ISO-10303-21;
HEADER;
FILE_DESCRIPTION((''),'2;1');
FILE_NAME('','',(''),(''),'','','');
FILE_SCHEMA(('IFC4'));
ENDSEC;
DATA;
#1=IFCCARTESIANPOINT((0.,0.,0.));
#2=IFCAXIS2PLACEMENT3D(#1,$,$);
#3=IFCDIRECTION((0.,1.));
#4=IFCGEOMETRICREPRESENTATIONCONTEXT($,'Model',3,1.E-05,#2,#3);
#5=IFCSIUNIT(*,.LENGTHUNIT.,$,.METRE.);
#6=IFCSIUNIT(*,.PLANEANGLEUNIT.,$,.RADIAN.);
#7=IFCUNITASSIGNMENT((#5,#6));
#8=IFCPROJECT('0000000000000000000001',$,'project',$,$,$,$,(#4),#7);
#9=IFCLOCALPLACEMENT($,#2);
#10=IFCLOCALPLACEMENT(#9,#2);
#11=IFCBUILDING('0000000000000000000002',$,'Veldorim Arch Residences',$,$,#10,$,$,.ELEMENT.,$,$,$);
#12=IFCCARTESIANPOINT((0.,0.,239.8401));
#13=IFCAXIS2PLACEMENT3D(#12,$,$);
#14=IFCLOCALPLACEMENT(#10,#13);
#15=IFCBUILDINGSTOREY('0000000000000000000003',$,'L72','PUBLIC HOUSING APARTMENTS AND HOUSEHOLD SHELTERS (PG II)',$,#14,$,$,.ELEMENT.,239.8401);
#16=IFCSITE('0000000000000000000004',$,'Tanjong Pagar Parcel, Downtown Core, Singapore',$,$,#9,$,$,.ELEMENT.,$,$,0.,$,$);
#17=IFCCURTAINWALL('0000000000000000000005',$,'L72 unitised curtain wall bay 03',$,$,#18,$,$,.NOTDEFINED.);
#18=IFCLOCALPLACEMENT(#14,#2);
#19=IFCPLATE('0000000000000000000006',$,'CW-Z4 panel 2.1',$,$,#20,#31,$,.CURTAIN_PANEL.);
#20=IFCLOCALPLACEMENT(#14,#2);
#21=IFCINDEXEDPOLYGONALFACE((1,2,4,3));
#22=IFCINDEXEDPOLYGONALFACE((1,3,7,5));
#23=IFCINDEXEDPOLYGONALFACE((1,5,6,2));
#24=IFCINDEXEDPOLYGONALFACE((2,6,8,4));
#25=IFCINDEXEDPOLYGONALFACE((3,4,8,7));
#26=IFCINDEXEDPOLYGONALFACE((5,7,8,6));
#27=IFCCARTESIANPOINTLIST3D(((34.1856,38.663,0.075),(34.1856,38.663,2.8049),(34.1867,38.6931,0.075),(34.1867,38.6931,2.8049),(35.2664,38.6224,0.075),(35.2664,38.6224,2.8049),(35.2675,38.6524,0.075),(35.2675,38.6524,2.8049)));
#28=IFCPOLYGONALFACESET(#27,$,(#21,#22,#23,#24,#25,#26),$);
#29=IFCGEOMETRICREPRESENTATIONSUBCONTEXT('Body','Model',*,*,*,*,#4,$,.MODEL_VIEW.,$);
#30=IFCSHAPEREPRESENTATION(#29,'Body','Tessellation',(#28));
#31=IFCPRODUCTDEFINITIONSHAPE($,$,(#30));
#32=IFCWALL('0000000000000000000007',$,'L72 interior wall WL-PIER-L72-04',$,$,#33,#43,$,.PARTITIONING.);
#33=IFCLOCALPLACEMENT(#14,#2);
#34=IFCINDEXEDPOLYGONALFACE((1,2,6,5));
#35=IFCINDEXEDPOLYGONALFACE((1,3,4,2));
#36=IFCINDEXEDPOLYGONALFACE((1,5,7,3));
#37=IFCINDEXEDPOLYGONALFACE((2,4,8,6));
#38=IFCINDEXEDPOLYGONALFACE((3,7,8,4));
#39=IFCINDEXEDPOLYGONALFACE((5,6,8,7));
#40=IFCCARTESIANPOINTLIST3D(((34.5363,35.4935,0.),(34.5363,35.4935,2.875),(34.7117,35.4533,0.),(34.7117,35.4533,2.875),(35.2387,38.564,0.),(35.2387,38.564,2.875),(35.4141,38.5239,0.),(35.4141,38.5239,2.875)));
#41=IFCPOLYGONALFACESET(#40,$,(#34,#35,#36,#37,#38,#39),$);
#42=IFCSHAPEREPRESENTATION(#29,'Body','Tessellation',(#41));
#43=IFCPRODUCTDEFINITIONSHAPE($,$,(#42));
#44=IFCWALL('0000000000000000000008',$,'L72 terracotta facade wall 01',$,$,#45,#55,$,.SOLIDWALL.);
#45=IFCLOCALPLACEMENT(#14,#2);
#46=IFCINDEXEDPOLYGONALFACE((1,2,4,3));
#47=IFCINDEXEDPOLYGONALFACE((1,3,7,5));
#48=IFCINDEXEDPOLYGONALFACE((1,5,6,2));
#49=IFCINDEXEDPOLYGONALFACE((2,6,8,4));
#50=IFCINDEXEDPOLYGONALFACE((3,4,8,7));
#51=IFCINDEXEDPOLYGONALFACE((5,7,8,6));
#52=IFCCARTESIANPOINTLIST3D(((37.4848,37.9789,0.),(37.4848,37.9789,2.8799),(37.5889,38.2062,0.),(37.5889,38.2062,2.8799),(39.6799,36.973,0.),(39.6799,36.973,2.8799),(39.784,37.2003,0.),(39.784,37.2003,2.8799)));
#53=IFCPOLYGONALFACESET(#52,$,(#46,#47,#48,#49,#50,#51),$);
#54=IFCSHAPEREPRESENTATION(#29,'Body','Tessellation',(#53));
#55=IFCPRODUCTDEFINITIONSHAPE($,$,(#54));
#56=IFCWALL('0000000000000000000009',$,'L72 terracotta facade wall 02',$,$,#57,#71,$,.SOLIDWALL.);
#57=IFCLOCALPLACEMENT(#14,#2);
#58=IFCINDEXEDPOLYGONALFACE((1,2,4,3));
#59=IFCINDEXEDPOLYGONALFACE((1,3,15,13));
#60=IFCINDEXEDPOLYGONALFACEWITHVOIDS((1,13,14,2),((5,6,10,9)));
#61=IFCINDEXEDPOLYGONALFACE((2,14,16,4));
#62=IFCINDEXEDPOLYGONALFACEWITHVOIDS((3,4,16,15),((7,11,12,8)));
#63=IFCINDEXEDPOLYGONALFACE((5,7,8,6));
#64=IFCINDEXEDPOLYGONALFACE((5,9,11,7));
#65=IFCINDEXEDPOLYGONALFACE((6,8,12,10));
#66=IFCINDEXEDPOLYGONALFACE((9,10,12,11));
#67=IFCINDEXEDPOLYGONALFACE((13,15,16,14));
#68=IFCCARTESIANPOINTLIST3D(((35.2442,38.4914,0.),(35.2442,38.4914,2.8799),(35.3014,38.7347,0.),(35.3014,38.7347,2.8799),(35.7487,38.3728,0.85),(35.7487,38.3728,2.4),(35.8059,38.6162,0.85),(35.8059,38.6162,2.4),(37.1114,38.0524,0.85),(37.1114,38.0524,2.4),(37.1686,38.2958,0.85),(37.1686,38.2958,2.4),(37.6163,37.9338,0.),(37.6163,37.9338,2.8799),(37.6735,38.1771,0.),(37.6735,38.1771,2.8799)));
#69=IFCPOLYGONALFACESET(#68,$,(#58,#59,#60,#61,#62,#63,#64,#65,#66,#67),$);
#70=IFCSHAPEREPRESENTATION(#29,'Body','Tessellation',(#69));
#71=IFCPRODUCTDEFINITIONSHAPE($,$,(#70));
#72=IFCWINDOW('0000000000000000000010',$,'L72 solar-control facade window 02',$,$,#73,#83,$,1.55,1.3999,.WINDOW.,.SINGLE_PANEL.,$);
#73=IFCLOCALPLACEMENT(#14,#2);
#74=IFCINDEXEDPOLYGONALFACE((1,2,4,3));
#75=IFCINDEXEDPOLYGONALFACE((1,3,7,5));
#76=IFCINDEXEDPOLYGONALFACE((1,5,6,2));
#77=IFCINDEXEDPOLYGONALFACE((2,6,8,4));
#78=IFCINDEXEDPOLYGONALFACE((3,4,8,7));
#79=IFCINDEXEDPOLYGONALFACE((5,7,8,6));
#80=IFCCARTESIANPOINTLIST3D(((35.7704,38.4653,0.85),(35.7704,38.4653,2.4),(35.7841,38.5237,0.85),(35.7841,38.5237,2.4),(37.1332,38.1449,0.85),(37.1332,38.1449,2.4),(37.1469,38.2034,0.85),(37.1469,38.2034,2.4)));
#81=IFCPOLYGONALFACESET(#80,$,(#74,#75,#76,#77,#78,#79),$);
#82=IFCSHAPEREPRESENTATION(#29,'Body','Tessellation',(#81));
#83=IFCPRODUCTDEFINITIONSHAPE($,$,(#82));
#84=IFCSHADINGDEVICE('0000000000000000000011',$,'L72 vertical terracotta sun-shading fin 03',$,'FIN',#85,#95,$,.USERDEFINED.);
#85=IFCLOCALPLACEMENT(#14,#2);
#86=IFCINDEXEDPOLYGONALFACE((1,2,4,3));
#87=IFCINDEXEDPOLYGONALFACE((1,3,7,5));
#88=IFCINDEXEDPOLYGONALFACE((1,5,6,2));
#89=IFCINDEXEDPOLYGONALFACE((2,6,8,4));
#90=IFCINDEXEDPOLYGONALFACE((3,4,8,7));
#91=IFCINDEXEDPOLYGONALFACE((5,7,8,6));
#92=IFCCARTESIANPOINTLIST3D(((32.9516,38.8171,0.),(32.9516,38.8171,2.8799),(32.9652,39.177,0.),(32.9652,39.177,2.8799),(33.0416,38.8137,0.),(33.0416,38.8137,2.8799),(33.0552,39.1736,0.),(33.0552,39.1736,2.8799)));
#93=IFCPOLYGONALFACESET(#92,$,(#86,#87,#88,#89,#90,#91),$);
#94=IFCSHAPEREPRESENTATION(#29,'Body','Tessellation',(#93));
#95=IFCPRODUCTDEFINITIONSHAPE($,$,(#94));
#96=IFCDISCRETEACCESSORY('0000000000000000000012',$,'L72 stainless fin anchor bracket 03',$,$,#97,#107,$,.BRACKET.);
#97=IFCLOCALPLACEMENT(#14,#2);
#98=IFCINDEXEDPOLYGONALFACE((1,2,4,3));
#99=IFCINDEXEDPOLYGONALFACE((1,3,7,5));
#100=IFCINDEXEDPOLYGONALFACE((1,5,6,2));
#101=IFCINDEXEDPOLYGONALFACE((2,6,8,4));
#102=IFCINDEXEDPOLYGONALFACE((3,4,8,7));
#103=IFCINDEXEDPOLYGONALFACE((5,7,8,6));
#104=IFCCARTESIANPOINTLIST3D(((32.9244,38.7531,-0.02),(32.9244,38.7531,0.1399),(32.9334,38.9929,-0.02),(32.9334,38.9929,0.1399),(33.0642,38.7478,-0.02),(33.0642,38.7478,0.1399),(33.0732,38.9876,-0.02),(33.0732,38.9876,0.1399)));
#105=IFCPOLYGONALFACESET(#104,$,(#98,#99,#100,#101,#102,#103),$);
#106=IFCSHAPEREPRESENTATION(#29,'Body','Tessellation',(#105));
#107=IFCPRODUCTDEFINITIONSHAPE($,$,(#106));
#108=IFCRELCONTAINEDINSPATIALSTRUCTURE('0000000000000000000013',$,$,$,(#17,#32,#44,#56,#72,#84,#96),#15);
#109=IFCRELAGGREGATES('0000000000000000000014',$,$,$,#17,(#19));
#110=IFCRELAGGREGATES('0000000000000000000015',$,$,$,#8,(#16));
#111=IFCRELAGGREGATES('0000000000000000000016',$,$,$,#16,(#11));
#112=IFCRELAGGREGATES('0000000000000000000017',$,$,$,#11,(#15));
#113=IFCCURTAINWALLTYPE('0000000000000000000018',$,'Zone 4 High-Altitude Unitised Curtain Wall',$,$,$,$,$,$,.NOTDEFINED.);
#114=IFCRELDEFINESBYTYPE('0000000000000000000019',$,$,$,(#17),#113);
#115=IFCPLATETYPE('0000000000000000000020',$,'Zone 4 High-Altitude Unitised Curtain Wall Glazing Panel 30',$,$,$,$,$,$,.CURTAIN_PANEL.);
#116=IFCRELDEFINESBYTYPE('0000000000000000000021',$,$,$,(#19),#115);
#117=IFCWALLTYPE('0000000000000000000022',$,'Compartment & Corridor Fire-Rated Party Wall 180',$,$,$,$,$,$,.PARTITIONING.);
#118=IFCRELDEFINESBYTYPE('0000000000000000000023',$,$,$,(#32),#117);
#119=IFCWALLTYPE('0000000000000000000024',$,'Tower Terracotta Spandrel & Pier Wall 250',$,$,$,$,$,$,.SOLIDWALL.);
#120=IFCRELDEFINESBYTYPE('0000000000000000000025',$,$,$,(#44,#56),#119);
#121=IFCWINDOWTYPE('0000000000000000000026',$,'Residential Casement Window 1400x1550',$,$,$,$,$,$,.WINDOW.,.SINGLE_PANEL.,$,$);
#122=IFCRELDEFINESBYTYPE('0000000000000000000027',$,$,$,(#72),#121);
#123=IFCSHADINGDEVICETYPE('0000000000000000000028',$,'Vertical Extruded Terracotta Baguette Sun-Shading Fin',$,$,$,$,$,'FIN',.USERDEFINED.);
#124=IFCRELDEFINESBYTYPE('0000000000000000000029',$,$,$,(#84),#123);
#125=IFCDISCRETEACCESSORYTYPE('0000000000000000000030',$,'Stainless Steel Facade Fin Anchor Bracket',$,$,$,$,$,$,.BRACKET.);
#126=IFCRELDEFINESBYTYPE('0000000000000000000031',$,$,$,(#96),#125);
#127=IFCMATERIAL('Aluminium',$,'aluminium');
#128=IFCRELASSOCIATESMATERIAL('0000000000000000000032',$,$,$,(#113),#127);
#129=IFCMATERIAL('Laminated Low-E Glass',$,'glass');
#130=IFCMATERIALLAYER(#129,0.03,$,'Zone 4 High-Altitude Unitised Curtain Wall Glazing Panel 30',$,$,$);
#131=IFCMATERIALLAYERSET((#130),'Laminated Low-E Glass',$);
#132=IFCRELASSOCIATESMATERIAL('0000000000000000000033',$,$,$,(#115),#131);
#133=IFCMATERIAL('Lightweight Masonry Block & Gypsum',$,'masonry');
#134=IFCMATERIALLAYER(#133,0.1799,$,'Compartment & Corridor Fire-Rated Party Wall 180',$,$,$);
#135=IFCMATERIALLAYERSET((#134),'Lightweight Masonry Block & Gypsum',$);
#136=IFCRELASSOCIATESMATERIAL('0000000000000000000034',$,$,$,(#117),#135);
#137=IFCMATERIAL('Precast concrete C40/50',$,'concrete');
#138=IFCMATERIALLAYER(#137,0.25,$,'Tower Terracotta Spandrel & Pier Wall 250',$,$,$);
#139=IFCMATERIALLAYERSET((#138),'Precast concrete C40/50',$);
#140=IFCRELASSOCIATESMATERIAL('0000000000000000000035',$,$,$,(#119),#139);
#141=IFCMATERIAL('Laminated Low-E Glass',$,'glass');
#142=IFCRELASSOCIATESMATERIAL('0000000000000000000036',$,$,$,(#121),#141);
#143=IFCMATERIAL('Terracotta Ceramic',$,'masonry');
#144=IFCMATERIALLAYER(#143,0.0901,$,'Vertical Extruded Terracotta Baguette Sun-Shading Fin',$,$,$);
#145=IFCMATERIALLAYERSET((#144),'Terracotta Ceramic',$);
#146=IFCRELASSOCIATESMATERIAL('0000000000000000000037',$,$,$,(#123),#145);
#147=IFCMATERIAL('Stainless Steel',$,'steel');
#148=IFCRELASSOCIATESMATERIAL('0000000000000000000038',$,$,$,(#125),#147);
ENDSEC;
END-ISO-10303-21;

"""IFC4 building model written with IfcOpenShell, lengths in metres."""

from ifc_helpers import new_model, si_unit, direction, frame, frame_2d, origin, origin_2d, place, context, subcontext, project, spatial, rectangle, extrude, material, layer, layer_set, type_object, element, fill, aggregate, save


model = new_model("IFC4")

# Units and contexts
model_context = context("Model", 3, precision=1e-05, world=origin(), true_north=direction((0.0, 1.0)))
body_context = subcontext(model_context, "Body", "Model", "MODEL_VIEW")
ifc_project = project(units=[si_unit("LENGTHUNIT", "METRE"), si_unit("PLANEANGLEUNIT", "RADIAN")], contexts=[model_context])

# Site, building, storey
site_placement = place(None, origin())
site = spatial("IfcSite", under=ifc_project, at=site_placement, Name="Tanjong Pagar Parcel, Downtown Core, Singapore", CompositionType="ELEMENT", RefElevation=0.0)
building_placement = place(site_placement, origin())
building = spatial("IfcBuilding", under=site, at=building_placement, Name="Veldorim Arch Residences", CompositionType="ELEMENT")
storey_placement = place(building_placement, frame((0.0, 0.0, 239.8401)))
storey = spatial("IfcBuildingStorey", under=building, at=storey_placement, Name="L72", Description="PUBLIC HOUSING APARTMENTS AND HOUSEHOLD SHELTERS (PG II)", CompositionType="ELEMENT", Elevation=239.8401)

# Curtain wall, plate
ifc_material_1 = material(Name="Aluminium", Category="aluminium")
curtain_wall_type = type_object("IfcCurtainWallType", Name="Zone 4 High-Altitude Unitised Curtain Wall", PredefinedType="NOTDEFINED", material=ifc_material_1)
curtain_wall_placement = place(storey_placement, origin())
curtain_wall = element("IfcCurtainWall", 1, at=curtain_wall_placement, inside=storey, type_object=curtain_wall_type, Name="L72 unitised curtain wall bay 03", PredefinedType="NOTDEFINED")
ifc_material_2 = material(Name="Laminated Low-E Glass", Category="glass")
ifc_layer_1 = layer(ifc_material_2, 0.03, Name="Zone 4 High-Altitude Unitised Curtain Wall Glazing Panel 30")
ifc_layer_set_1 = layer_set([ifc_layer_1], Name="Laminated Low-E Glass")
plate_type = type_object("IfcPlateType", Name="Zone 4 High-Altitude Unitised Curtain Wall Glazing Panel 30", PredefinedType="CURTAIN_PANEL", material=ifc_layer_set_1)
plate_1_placement = place(storey_placement, frame((34.7266, 38.6577, 0.075), z_axis=(0.0, 0.0, 1.0), x_axis=(0.999293, -0.037606, 0.0)))
plate_1 = element("IfcPlate", 2, at=plate_1_placement, type_object=plate_type, Name="CW-Z4 panel 2.1", PredefinedType="CURTAIN_PANEL", context=body_context, shape_type="SweptSolid", body=[
    extrude(rectangle(XDim=1.0815, YDim=0.03, at=origin_2d()), origin(), (0.0, 0.0, 1.0), 2.73),
])
aggregate(curtain_wall, [plate_1])

# Walls
ifc_material_3 = material(Name="Lightweight Masonry Block & Gypsum", Category="masonry")
ifc_layer_2 = layer(ifc_material_3, 0.1799, Name="Compartment & Corridor Fire-Rated Party Wall 180")
ifc_layer_set_2 = layer_set([ifc_layer_2], Name="Lightweight Masonry Block & Gypsum")
wall_type_1 = type_object("IfcWallType", Name="Compartment & Corridor Fire-Rated Party Wall 180", PredefinedType="PARTITIONING", material=ifc_layer_set_2)
wall_1_placement = place(storey_placement, frame((34.624, 35.4734, 0.0), z_axis=(0.0, 0.0, 1.0), x_axis=(0.222991, 0.97482, 0.0)))
element("IfcWall", 3, at=wall_1_placement, inside=storey, type_object=wall_type_1, Name="L72 interior wall WL-PIER-L72-04", PredefinedType="PARTITIONING", context=body_context, shape_type="SweptSolid", body=[
    extrude(rectangle(XDim=3.1499, YDim=0.1799, at=frame_2d((1.575, 0.0))), origin(), (0.0, 0.0, 1.0), 2.875),
])
ifc_material_4 = material(Name="Precast concrete C40/50", Category="concrete")
ifc_layer_3 = layer(ifc_material_4, 0.25, Name="Tower Terracotta Spandrel & Pier Wall 250")
ifc_layer_set_3 = layer_set([ifc_layer_3], Name="Precast concrete C40/50")
wall_type_2 = type_object("IfcWallType", Name="Tower Terracotta Spandrel & Pier Wall 250", PredefinedType="SOLIDWALL", material=ifc_layer_set_3)
wall_2_placement = place(storey_placement, frame((37.5369, 38.0925, 0.0), z_axis=(0.0, 0.0, 1.0), x_axis=(0.909098, -0.416582, 0.0)))
element("IfcWall", 4, at=wall_2_placement, inside=storey, type_object=wall_type_2, Name="L72 terracotta facade wall 01", PredefinedType="SOLIDWALL", context=body_context, shape_type="SweptSolid", body=[
    extrude(rectangle(XDim=2.4146, YDim=0.25, at=frame_2d((1.2073, 0.0))), origin(), (0.0, 0.0, 1.0), 2.8799),
])

# Wall, opening, window
wall_3_placement = place(storey_placement, frame((35.2729, 38.613, 0.0), z_axis=(0.0, 0.0, 1.0), x_axis=(0.973464, -0.228838, 0.0)))
wall_3 = element("IfcWall", 5, at=wall_3_placement, inside=storey, type_object=wall_type_2, Name="L72 terracotta facade wall 02", PredefinedType="SOLIDWALL", context=body_context, shape_type="SweptSolid", body=[
    extrude(rectangle(XDim=2.4368, YDim=0.25, at=frame_2d((1.2183, 0.0))), origin(), (0.0, 0.0, 1.0), 2.8799),
])
opening_placement = place(wall_3_placement, frame((0.5181, 0.0, 0.8501)))
opening = element("IfcOpeningElement", 6, at=opening_placement, cuts=wall_3, PredefinedType="OPENING", context=body_context, shape_type="SweptSolid", body=[
    extrude(rectangle(XDim=1.3999, YDim=1.55, at=frame_2d((0.7, 0.7749))), frame((0.0, 0.135, 0.0), z_axis=(0.0, -1.0, 0.0), x_axis=(1.0, 0.0, 0.0)), (0.0, 0.0, 1.0), 0.27),
])
ifc_material_5 = material(Name="Laminated Low-E Glass", Category="glass")
window_type = type_object("IfcWindowType", Name="Residential Casement Window 1400x1550", PartitioningType="SINGLE_PANEL", PredefinedType="WINDOW", material=ifc_material_5)
window_placement = place(opening_placement, origin())
window = element("IfcWindow", 7, at=window_placement, inside=storey, type_object=window_type, Name="L72 solar-control facade window 02", OverallHeight=1.55, OverallWidth=1.3999, PartitioningType="SINGLE_PANEL", PredefinedType="WINDOW", context=body_context, shape_type="SweptSolid", body=[
    extrude(rectangle(XDim=1.3999, YDim=1.55, at=frame_2d((0.7, 0.7749))), frame((0.0, 0.03, 0.0), z_axis=(0.0, -1.0, 0.0), x_axis=(1.0, 0.0, 0.0)), (0.0, 0.0, 1.0), 0.0601),
])
fill(opening, window)

# Shading device
ifc_material_6 = material(Name="Terracotta Ceramic", Category="masonry")
ifc_layer_4 = layer(ifc_material_6, 0.0901, Name="Vertical Extruded Terracotta Baguette Sun-Shading Fin")
ifc_layer_set_4 = layer_set([ifc_layer_4], Name="Terracotta Ceramic")
shading_device_type = type_object("IfcShadingDeviceType", Name="Vertical Extruded Terracotta Baguette Sun-Shading Fin", ElementType="FIN", PredefinedType="USERDEFINED", material=ifc_layer_set_4)
shading_device_placement = place(storey_placement, frame((33.0034, 38.9954, 0.0), z_axis=(0.0, 0.0, 1.0), x_axis=(0.999289, -0.03769, 0.0)))
element("IfcShadingDevice", 8, at=shading_device_placement, inside=storey, type_object=shading_device_type, Name="L72 vertical terracotta sun-shading fin 03", ObjectType="FIN", PredefinedType="USERDEFINED", context=body_context, shape_type="SweptSolid", body=[
    extrude(rectangle(XDim=0.0901, YDim=0.3601, at=origin_2d()), origin(), (0.0, 0.0, 1.0), 2.8799),
])

# Discrete accessory
ifc_material_7 = material(Name="Stainless Steel", Category="steel")
discrete_accessory_type = type_object("IfcDiscreteAccessoryType", Name="Stainless Steel Facade Fin Anchor Bracket", PredefinedType="BRACKET", material=ifc_material_7)
discrete_accessory_placement = place(storey_placement, frame((32.9988, 38.8704, -0.02), z_axis=(0.0, 0.0, 1.0), x_axis=(0.999289, -0.03769, 0.0)))
element("IfcDiscreteAccessory", 9, at=discrete_accessory_placement, inside=storey, type_object=discrete_accessory_type, Name="L72 stainless fin anchor bracket 03", PredefinedType="BRACKET", context=body_context, shape_type="SweptSolid", body=[
    extrude(rectangle(XDim=0.1399, YDim=0.24, at=origin_2d()), origin(), (0.0, 0.0, 1.0), 0.1599),
])

save(model, "model.ifc")
